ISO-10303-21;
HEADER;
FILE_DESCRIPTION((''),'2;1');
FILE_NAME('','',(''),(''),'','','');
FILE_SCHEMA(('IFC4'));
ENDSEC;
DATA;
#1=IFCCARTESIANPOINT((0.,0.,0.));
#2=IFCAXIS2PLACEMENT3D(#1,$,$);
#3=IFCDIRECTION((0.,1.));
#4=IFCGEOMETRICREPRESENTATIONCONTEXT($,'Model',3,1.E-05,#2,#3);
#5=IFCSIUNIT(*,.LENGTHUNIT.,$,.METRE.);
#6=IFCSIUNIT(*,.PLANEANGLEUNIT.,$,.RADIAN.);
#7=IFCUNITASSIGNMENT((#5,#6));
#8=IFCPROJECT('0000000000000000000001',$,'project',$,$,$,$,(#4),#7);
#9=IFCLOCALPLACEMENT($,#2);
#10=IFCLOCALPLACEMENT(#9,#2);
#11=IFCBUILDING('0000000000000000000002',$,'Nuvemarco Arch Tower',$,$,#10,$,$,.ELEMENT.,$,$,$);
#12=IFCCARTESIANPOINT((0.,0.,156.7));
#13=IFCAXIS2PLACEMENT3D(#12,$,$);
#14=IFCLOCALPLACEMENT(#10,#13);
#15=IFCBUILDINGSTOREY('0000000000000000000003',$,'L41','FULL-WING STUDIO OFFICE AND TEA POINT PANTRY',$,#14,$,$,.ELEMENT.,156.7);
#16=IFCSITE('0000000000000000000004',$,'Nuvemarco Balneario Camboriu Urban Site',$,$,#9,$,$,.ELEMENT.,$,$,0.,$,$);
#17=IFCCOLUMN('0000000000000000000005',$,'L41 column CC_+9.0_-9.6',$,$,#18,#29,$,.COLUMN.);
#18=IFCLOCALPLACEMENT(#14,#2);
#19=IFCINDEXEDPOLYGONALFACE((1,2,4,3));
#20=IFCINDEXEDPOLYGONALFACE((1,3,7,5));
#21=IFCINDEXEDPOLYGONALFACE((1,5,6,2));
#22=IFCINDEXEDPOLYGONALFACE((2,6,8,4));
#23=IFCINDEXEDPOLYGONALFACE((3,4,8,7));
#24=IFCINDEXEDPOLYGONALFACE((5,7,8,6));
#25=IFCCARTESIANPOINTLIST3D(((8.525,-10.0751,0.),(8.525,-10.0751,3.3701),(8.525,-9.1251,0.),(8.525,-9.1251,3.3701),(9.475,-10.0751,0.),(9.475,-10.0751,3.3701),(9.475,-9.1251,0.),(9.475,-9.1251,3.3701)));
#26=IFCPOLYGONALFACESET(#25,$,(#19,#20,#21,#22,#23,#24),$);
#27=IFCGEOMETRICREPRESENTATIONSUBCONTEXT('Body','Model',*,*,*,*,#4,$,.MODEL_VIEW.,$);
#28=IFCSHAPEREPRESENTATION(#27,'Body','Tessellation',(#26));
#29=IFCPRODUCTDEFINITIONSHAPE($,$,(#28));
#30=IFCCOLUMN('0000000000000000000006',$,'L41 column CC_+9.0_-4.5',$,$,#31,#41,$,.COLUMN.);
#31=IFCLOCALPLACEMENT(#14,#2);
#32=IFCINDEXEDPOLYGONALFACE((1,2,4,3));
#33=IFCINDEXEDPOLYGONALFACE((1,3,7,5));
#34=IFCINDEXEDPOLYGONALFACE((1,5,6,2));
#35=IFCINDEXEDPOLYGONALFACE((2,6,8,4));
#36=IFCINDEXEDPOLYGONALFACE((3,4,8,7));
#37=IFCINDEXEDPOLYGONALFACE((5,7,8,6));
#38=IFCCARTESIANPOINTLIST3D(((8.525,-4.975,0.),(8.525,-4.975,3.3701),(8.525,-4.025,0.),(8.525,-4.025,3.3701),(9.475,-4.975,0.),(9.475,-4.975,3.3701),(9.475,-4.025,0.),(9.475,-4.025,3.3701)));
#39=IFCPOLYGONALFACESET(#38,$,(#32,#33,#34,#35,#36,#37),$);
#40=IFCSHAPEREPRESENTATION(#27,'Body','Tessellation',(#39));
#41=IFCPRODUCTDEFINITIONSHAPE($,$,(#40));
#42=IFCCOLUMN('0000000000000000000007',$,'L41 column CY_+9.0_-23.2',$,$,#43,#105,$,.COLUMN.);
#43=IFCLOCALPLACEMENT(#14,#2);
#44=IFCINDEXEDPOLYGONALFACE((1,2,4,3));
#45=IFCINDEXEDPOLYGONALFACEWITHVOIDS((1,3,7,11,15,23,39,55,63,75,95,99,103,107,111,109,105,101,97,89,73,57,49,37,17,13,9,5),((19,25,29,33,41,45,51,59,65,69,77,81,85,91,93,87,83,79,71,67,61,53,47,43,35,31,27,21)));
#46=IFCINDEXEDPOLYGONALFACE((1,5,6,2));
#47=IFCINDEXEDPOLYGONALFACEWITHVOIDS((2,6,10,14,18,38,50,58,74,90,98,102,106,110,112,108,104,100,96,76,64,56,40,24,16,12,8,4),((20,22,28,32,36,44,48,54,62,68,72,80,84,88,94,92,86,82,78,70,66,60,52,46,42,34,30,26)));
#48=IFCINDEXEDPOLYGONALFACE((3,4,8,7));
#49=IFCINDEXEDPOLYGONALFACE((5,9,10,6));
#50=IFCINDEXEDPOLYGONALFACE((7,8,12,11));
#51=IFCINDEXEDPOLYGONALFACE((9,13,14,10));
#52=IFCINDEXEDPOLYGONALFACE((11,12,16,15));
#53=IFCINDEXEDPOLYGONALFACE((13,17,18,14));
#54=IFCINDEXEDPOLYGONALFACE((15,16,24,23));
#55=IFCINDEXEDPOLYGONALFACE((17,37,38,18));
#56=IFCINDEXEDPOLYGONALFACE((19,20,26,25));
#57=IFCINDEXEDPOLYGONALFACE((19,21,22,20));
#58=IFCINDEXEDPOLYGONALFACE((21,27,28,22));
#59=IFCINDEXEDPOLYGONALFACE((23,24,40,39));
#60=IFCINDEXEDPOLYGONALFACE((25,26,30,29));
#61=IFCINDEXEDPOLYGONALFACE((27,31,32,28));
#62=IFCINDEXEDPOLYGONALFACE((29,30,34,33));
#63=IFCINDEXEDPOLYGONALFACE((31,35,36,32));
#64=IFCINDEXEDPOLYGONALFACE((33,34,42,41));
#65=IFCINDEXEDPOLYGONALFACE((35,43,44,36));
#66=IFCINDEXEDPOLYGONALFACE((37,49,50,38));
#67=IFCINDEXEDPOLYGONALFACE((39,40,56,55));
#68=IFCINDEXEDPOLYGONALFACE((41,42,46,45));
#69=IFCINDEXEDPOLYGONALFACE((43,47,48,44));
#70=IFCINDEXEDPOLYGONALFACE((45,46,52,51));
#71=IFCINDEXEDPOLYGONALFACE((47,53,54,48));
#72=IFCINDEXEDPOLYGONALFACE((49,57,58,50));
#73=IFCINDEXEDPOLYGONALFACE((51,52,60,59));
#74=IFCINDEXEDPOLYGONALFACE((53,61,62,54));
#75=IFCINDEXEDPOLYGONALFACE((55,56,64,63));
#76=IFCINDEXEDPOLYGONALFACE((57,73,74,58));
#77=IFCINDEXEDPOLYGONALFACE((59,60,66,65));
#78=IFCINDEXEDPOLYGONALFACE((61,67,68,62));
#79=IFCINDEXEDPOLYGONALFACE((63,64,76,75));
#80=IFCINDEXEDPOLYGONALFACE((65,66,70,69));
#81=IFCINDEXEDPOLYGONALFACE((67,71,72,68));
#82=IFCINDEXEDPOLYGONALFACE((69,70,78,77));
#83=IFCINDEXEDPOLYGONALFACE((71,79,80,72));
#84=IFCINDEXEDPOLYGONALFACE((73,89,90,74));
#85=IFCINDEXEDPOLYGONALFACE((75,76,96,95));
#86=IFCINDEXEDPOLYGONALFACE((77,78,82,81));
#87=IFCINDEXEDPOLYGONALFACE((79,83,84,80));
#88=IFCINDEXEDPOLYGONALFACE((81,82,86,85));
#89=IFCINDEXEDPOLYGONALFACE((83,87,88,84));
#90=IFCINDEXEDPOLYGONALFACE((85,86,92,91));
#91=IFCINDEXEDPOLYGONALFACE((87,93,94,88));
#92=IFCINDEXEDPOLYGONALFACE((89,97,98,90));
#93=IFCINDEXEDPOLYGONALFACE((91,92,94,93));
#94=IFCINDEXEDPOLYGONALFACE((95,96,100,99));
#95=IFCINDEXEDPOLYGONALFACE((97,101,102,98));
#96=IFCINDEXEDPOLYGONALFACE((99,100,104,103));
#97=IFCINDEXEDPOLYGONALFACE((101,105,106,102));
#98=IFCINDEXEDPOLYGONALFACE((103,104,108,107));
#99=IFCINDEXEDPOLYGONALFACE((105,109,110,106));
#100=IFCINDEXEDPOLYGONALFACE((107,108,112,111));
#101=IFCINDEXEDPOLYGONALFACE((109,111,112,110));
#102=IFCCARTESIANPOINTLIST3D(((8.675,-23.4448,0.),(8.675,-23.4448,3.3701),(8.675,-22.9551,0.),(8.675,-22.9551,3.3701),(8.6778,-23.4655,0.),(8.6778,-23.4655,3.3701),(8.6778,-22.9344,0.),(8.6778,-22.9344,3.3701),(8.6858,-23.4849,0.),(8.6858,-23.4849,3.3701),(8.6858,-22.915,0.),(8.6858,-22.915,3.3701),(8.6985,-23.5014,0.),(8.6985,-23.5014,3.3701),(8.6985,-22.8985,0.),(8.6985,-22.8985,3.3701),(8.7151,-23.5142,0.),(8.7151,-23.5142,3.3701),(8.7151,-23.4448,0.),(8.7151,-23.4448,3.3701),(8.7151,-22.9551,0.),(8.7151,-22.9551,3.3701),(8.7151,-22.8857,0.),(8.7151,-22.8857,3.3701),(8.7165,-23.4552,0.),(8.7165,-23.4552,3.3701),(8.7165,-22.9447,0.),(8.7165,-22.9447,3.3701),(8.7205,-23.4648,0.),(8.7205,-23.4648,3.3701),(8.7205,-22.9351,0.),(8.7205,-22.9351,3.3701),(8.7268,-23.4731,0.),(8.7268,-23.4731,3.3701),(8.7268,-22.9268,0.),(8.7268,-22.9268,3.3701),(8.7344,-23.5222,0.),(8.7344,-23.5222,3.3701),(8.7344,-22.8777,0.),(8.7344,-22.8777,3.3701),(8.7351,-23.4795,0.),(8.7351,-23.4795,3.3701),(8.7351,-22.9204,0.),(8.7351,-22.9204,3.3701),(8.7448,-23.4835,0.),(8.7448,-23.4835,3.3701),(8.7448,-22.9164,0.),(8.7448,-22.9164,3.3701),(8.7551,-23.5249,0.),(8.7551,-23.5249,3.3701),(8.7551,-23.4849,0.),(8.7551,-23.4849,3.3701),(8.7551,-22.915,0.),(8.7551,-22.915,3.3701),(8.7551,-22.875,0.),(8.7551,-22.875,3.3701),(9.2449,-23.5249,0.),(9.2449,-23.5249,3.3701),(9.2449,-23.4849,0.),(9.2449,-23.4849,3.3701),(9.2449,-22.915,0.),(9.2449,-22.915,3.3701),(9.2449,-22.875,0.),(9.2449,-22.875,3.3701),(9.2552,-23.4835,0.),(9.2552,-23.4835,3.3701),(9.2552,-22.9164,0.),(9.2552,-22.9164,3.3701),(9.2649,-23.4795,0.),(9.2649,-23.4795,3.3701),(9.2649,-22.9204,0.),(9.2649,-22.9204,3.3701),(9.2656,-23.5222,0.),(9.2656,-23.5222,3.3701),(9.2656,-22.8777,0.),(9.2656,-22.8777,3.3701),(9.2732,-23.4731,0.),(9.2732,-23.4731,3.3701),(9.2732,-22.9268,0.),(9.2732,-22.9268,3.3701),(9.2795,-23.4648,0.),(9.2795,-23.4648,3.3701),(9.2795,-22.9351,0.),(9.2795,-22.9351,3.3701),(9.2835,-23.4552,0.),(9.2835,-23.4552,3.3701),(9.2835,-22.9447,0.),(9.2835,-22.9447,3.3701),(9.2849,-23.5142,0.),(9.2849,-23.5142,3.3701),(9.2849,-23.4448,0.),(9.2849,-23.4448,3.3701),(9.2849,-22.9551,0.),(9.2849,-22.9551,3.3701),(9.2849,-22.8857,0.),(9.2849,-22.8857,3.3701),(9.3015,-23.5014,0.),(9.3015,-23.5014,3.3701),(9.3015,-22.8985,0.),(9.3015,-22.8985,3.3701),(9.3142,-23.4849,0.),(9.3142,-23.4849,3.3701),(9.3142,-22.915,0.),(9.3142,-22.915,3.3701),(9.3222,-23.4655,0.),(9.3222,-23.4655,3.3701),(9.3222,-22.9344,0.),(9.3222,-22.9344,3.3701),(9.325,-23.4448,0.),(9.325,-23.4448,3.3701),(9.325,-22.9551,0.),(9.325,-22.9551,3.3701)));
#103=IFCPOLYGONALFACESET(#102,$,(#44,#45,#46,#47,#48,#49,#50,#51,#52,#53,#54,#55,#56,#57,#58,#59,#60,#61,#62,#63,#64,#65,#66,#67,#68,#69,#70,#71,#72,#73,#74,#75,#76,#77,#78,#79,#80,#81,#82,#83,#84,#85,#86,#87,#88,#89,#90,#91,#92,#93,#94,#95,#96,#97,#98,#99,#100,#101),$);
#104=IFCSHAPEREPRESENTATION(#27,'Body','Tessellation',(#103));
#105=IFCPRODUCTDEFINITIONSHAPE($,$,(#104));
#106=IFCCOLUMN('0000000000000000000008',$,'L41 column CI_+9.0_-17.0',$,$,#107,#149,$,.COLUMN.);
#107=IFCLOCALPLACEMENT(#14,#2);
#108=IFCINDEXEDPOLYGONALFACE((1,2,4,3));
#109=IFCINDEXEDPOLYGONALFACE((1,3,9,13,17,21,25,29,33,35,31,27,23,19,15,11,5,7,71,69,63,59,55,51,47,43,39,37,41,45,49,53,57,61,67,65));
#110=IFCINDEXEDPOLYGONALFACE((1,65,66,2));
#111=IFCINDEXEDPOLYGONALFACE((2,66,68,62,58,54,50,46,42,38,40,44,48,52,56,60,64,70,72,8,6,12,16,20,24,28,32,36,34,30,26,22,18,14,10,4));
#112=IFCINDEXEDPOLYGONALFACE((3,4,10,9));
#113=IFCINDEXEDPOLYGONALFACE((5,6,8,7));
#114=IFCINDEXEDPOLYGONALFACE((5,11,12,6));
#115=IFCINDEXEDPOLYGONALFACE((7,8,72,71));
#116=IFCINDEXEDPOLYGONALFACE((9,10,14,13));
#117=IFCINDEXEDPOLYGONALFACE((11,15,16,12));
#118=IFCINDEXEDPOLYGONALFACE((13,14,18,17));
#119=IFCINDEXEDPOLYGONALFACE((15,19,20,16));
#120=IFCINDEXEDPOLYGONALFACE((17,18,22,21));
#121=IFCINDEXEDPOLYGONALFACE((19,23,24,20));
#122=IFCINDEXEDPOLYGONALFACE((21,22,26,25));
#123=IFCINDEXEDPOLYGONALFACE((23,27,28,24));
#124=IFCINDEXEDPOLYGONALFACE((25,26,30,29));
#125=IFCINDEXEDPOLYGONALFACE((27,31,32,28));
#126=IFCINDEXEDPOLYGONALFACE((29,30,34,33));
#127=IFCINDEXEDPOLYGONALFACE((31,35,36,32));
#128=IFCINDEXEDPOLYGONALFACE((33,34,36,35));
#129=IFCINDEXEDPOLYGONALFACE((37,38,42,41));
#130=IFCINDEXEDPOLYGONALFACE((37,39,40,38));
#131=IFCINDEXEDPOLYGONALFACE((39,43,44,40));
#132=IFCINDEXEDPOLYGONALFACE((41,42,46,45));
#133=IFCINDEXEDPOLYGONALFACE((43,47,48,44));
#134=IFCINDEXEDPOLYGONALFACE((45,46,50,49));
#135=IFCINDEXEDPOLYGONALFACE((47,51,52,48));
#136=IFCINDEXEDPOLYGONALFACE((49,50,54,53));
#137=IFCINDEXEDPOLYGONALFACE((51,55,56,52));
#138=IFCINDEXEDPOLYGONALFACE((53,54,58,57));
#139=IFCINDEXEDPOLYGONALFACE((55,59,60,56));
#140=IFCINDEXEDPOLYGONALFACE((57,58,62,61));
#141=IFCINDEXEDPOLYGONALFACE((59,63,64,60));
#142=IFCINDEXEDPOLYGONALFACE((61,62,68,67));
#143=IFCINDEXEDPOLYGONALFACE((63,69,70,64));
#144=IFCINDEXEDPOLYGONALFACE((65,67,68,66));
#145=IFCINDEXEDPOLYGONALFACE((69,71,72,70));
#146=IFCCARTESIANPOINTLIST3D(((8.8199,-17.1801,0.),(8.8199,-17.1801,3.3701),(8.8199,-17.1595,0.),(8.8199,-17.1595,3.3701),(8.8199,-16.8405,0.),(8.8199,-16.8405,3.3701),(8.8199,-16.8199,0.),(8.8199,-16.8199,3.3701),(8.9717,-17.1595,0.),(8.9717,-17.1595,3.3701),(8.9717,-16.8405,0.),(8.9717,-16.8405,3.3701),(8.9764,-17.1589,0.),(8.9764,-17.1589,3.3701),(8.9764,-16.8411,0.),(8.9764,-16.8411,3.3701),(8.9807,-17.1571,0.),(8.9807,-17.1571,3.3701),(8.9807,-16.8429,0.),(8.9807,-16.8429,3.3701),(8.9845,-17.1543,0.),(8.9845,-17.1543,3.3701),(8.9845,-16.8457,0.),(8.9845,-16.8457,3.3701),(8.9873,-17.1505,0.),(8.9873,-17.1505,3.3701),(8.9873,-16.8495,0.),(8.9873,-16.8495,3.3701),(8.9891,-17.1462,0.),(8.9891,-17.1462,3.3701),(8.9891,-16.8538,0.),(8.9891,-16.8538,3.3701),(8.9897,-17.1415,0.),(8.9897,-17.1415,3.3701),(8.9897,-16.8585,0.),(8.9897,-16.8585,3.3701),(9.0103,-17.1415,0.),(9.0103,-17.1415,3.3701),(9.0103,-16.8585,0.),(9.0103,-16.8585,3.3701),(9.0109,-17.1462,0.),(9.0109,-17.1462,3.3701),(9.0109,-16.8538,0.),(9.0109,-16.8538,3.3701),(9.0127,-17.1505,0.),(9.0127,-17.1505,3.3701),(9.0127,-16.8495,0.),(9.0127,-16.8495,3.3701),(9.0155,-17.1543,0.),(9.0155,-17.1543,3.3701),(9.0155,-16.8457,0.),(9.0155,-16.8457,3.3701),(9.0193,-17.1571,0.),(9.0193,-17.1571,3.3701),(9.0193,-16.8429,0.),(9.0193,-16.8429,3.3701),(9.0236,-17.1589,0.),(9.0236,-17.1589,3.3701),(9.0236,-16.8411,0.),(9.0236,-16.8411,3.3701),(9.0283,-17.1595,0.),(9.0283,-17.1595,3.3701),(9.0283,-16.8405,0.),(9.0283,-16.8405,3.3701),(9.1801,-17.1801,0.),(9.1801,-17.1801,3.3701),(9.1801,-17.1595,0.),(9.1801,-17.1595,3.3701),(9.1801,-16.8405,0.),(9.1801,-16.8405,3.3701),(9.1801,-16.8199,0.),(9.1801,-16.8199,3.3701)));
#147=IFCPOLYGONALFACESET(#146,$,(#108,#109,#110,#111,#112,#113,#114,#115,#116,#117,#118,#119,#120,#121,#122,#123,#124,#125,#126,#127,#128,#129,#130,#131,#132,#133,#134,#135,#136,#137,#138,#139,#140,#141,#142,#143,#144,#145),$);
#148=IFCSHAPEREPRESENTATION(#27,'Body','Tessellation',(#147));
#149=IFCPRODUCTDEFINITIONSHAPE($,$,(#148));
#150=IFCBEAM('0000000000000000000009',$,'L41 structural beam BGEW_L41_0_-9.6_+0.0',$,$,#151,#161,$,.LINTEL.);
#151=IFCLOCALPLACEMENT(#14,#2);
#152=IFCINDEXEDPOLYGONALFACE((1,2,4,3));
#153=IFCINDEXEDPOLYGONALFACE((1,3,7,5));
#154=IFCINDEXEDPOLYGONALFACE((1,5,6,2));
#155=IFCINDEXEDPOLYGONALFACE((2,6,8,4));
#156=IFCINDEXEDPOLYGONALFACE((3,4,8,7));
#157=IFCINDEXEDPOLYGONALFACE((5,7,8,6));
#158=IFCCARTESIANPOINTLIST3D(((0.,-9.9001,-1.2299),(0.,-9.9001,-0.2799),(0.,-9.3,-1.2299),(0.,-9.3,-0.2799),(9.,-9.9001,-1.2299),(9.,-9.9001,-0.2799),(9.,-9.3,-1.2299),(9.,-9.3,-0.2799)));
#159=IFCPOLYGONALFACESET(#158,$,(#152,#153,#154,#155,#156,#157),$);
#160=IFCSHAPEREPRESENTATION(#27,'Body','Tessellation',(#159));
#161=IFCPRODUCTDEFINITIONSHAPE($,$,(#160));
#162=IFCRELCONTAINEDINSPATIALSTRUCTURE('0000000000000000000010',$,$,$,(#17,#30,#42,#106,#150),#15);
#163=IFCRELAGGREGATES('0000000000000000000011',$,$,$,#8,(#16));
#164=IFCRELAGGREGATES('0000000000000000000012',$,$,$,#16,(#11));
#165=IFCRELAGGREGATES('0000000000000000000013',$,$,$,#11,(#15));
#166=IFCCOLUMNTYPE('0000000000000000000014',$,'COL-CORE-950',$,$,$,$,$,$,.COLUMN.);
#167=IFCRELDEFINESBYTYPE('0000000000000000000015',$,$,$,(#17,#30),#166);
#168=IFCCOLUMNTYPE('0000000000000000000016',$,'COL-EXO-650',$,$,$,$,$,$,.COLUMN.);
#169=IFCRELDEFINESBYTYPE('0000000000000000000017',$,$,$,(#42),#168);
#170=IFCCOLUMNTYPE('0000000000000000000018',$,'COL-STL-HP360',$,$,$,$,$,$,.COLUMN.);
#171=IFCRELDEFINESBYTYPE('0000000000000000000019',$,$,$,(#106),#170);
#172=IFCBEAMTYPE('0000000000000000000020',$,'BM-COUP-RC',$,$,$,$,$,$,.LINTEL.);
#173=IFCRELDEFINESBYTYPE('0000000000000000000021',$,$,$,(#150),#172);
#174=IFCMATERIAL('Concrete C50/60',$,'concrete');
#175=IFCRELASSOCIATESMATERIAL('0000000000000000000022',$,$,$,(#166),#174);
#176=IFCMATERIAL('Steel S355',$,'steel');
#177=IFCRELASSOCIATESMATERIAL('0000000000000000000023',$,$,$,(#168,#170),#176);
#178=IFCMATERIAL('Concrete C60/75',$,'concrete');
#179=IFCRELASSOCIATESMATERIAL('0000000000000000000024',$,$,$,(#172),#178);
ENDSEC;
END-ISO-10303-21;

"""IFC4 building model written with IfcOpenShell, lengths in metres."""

from ifc_helpers import new_model, si_unit, direction, frame, origin, origin_2d, place, context, subcontext, project, spatial, rectangle, hollow_rectangle, i_section, extrude, material, material_profile, profile_set, type_object, element, save


model = new_model("IFC4")

# Units and contexts
model_context = context("Model", 3, precision=1e-05, world=origin(), true_north=direction((0.0, 1.0)))
body_context = subcontext(model_context, "Body", "Model", "MODEL_VIEW")
ifc_project = project(units=[si_unit("LENGTHUNIT", "METRE"), si_unit("PLANEANGLEUNIT", "RADIAN")], contexts=[model_context])

# Site, building, storey
site_placement = place(None, origin())
site = spatial("IfcSite", under=ifc_project, at=site_placement, Name="Nuvemarco Balneario Camboriu Urban Site", CompositionType="ELEMENT", RefElevation=0.0)
building_placement = place(site_placement, origin())
building = spatial("IfcBuilding", under=site, at=building_placement, Name="Nuvemarco Arch Tower", CompositionType="ELEMENT")
storey_placement = place(building_placement, frame((0.0, 0.0, 156.7)))
storey = spatial("IfcBuildingStorey", under=building, at=storey_placement, Name="L41", Description="FULL-WING STUDIO OFFICE AND TEA POINT PANTRY", CompositionType="ELEMENT", Elevation=156.7)

# Columns
ifc_material_1 = material(Name="Concrete C50/60", Category="concrete")
ifc_material_profile_1 = material_profile(ifc_material_1, rectangle(XDim=0.95, YDim=0.95, at=origin_2d()), Name="RC-COL-950x950")
ifc_profile_set_1 = profile_set([ifc_material_profile_1], Name="Concrete C50/60")
column_type_1 = type_object("IfcColumnType", Name="COL-CORE-950", PredefinedType="COLUMN", material=ifc_profile_set_1)
for number, where, z_axis, x_axis, name in (
    (1, (9.0, -9.6001, 0.0), (0.0, 0.0, 1.0), (1.0, 0.0, 0.0), "L41 column CC_+9.0_-9.6"),
    (2, (9.0, -4.5, 0.0), (0.0, 0.0, 1.0), (1.0, 0.0, 0.0), "L41 column CC_+9.0_-4.5"),
):
    element("IfcColumn", number, at=place(storey_placement, frame(where, z_axis=z_axis, x_axis=x_axis)), inside=storey, type_object=column_type_1, Name=name, PredefinedType="COLUMN", context=body_context, shape_type="SweptSolid", body=[
        extrude(rectangle(XDim=0.95, YDim=0.95, at=origin_2d()), origin(), (0.0, 0.0, 1.0), 3.3701),
    ])
ifc_material_2 = material(Name="Steel S355", Category="steel")
ifc_material_profile_2 = material_profile(ifc_material_2, hollow_rectangle(XDim=0.6499, YDim=0.6499, WallThickness=0.04, InnerFilletRadius=0.04, OuterFilletRadius=0.0801, at=origin_2d()), Name="SHS650x650x40")
ifc_profile_set_2 = profile_set([ifc_material_profile_2], Name="Steel S355")
column_type_2 = type_object("IfcColumnType", Name="COL-EXO-650", PredefinedType="COLUMN", material=ifc_profile_set_2)
column_1_placement = place(storey_placement, frame((9.0, -23.2, 0.0), z_axis=(0.0, 0.0, 1.0), x_axis=(1.0, 0.0, 0.0)))
element("IfcColumn", 3, at=column_1_placement, inside=storey, type_object=column_type_2, Name="L41 column CY_+9.0_-23.2", PredefinedType="COLUMN", context=body_context, shape_type="SweptSolid", body=[
    extrude(hollow_rectangle(XDim=0.6499, YDim=0.6499, WallThickness=0.04, InnerFilletRadius=0.04, OuterFilletRadius=0.0801, at=origin_2d()), origin(), (0.0, 0.0, 1.0), 3.3701),
])
ifc_material_profile_3 = material_profile(ifc_material_2, i_section(OverallWidth=0.3601, OverallDepth=0.3601, WebThickness=0.0205, FlangeThickness=0.0205, FilletRadius=0.0181, at=origin_2d()), Name="HP360x174")
ifc_profile_set_3 = profile_set([ifc_material_profile_3], Name="Steel S355")
column_type_3 = type_object("IfcColumnType", Name="COL-STL-HP360", PredefinedType="COLUMN", material=ifc_profile_set_3)
column_2_placement = place(storey_placement, frame((9.0, -17.0, 0.0), z_axis=(0.0, 0.0, 1.0), x_axis=(1.0, 0.0, 0.0)))
element("IfcColumn", 4, at=column_2_placement, inside=storey, type_object=column_type_3, Name="L41 column CI_+9.0_-17.0", PredefinedType="COLUMN", context=body_context, shape_type="SweptSolid", body=[
    extrude(i_section(OverallWidth=0.3601, OverallDepth=0.3601, WebThickness=0.0205, FlangeThickness=0.0205, FilletRadius=0.0181, at=origin_2d()), origin(), (0.0, 0.0, 1.0), 3.3701),
])

# Beam
ifc_material_3 = material(Name="Concrete C60/75", Category="concrete")
ifc_material_profile_4 = material_profile(ifc_material_3, rectangle(XDim=0.6001, YDim=0.95, at=origin_2d()), Name="RC-BM-600x950")
ifc_profile_set_4 = profile_set([ifc_material_profile_4], Name="Concrete C60/75")
beam_type_1 = type_object("IfcBeamType", Name="BM-COUP-RC", PredefinedType="LINTEL", material=ifc_profile_set_4)
beam_1_placement = place(storey_placement, frame((0.0, -9.6001, -0.7549), z_axis=(1.0, 0.0, 0.0), x_axis=(0.0, 1.0, 0.0)))
element("IfcBeam", 5, at=beam_1_placement, inside=storey, type_object=beam_type_1, Name="L41 structural beam BGEW_L41_0_-9.6_+0.0", PredefinedType="LINTEL", context=body_context, shape_type="SweptSolid", body=[
    extrude(rectangle(XDim=0.6001, YDim=0.95, at=origin_2d()), origin(), (0.0, 0.0, 1.0), 9.0),
])

save(model, "model.ifc")
